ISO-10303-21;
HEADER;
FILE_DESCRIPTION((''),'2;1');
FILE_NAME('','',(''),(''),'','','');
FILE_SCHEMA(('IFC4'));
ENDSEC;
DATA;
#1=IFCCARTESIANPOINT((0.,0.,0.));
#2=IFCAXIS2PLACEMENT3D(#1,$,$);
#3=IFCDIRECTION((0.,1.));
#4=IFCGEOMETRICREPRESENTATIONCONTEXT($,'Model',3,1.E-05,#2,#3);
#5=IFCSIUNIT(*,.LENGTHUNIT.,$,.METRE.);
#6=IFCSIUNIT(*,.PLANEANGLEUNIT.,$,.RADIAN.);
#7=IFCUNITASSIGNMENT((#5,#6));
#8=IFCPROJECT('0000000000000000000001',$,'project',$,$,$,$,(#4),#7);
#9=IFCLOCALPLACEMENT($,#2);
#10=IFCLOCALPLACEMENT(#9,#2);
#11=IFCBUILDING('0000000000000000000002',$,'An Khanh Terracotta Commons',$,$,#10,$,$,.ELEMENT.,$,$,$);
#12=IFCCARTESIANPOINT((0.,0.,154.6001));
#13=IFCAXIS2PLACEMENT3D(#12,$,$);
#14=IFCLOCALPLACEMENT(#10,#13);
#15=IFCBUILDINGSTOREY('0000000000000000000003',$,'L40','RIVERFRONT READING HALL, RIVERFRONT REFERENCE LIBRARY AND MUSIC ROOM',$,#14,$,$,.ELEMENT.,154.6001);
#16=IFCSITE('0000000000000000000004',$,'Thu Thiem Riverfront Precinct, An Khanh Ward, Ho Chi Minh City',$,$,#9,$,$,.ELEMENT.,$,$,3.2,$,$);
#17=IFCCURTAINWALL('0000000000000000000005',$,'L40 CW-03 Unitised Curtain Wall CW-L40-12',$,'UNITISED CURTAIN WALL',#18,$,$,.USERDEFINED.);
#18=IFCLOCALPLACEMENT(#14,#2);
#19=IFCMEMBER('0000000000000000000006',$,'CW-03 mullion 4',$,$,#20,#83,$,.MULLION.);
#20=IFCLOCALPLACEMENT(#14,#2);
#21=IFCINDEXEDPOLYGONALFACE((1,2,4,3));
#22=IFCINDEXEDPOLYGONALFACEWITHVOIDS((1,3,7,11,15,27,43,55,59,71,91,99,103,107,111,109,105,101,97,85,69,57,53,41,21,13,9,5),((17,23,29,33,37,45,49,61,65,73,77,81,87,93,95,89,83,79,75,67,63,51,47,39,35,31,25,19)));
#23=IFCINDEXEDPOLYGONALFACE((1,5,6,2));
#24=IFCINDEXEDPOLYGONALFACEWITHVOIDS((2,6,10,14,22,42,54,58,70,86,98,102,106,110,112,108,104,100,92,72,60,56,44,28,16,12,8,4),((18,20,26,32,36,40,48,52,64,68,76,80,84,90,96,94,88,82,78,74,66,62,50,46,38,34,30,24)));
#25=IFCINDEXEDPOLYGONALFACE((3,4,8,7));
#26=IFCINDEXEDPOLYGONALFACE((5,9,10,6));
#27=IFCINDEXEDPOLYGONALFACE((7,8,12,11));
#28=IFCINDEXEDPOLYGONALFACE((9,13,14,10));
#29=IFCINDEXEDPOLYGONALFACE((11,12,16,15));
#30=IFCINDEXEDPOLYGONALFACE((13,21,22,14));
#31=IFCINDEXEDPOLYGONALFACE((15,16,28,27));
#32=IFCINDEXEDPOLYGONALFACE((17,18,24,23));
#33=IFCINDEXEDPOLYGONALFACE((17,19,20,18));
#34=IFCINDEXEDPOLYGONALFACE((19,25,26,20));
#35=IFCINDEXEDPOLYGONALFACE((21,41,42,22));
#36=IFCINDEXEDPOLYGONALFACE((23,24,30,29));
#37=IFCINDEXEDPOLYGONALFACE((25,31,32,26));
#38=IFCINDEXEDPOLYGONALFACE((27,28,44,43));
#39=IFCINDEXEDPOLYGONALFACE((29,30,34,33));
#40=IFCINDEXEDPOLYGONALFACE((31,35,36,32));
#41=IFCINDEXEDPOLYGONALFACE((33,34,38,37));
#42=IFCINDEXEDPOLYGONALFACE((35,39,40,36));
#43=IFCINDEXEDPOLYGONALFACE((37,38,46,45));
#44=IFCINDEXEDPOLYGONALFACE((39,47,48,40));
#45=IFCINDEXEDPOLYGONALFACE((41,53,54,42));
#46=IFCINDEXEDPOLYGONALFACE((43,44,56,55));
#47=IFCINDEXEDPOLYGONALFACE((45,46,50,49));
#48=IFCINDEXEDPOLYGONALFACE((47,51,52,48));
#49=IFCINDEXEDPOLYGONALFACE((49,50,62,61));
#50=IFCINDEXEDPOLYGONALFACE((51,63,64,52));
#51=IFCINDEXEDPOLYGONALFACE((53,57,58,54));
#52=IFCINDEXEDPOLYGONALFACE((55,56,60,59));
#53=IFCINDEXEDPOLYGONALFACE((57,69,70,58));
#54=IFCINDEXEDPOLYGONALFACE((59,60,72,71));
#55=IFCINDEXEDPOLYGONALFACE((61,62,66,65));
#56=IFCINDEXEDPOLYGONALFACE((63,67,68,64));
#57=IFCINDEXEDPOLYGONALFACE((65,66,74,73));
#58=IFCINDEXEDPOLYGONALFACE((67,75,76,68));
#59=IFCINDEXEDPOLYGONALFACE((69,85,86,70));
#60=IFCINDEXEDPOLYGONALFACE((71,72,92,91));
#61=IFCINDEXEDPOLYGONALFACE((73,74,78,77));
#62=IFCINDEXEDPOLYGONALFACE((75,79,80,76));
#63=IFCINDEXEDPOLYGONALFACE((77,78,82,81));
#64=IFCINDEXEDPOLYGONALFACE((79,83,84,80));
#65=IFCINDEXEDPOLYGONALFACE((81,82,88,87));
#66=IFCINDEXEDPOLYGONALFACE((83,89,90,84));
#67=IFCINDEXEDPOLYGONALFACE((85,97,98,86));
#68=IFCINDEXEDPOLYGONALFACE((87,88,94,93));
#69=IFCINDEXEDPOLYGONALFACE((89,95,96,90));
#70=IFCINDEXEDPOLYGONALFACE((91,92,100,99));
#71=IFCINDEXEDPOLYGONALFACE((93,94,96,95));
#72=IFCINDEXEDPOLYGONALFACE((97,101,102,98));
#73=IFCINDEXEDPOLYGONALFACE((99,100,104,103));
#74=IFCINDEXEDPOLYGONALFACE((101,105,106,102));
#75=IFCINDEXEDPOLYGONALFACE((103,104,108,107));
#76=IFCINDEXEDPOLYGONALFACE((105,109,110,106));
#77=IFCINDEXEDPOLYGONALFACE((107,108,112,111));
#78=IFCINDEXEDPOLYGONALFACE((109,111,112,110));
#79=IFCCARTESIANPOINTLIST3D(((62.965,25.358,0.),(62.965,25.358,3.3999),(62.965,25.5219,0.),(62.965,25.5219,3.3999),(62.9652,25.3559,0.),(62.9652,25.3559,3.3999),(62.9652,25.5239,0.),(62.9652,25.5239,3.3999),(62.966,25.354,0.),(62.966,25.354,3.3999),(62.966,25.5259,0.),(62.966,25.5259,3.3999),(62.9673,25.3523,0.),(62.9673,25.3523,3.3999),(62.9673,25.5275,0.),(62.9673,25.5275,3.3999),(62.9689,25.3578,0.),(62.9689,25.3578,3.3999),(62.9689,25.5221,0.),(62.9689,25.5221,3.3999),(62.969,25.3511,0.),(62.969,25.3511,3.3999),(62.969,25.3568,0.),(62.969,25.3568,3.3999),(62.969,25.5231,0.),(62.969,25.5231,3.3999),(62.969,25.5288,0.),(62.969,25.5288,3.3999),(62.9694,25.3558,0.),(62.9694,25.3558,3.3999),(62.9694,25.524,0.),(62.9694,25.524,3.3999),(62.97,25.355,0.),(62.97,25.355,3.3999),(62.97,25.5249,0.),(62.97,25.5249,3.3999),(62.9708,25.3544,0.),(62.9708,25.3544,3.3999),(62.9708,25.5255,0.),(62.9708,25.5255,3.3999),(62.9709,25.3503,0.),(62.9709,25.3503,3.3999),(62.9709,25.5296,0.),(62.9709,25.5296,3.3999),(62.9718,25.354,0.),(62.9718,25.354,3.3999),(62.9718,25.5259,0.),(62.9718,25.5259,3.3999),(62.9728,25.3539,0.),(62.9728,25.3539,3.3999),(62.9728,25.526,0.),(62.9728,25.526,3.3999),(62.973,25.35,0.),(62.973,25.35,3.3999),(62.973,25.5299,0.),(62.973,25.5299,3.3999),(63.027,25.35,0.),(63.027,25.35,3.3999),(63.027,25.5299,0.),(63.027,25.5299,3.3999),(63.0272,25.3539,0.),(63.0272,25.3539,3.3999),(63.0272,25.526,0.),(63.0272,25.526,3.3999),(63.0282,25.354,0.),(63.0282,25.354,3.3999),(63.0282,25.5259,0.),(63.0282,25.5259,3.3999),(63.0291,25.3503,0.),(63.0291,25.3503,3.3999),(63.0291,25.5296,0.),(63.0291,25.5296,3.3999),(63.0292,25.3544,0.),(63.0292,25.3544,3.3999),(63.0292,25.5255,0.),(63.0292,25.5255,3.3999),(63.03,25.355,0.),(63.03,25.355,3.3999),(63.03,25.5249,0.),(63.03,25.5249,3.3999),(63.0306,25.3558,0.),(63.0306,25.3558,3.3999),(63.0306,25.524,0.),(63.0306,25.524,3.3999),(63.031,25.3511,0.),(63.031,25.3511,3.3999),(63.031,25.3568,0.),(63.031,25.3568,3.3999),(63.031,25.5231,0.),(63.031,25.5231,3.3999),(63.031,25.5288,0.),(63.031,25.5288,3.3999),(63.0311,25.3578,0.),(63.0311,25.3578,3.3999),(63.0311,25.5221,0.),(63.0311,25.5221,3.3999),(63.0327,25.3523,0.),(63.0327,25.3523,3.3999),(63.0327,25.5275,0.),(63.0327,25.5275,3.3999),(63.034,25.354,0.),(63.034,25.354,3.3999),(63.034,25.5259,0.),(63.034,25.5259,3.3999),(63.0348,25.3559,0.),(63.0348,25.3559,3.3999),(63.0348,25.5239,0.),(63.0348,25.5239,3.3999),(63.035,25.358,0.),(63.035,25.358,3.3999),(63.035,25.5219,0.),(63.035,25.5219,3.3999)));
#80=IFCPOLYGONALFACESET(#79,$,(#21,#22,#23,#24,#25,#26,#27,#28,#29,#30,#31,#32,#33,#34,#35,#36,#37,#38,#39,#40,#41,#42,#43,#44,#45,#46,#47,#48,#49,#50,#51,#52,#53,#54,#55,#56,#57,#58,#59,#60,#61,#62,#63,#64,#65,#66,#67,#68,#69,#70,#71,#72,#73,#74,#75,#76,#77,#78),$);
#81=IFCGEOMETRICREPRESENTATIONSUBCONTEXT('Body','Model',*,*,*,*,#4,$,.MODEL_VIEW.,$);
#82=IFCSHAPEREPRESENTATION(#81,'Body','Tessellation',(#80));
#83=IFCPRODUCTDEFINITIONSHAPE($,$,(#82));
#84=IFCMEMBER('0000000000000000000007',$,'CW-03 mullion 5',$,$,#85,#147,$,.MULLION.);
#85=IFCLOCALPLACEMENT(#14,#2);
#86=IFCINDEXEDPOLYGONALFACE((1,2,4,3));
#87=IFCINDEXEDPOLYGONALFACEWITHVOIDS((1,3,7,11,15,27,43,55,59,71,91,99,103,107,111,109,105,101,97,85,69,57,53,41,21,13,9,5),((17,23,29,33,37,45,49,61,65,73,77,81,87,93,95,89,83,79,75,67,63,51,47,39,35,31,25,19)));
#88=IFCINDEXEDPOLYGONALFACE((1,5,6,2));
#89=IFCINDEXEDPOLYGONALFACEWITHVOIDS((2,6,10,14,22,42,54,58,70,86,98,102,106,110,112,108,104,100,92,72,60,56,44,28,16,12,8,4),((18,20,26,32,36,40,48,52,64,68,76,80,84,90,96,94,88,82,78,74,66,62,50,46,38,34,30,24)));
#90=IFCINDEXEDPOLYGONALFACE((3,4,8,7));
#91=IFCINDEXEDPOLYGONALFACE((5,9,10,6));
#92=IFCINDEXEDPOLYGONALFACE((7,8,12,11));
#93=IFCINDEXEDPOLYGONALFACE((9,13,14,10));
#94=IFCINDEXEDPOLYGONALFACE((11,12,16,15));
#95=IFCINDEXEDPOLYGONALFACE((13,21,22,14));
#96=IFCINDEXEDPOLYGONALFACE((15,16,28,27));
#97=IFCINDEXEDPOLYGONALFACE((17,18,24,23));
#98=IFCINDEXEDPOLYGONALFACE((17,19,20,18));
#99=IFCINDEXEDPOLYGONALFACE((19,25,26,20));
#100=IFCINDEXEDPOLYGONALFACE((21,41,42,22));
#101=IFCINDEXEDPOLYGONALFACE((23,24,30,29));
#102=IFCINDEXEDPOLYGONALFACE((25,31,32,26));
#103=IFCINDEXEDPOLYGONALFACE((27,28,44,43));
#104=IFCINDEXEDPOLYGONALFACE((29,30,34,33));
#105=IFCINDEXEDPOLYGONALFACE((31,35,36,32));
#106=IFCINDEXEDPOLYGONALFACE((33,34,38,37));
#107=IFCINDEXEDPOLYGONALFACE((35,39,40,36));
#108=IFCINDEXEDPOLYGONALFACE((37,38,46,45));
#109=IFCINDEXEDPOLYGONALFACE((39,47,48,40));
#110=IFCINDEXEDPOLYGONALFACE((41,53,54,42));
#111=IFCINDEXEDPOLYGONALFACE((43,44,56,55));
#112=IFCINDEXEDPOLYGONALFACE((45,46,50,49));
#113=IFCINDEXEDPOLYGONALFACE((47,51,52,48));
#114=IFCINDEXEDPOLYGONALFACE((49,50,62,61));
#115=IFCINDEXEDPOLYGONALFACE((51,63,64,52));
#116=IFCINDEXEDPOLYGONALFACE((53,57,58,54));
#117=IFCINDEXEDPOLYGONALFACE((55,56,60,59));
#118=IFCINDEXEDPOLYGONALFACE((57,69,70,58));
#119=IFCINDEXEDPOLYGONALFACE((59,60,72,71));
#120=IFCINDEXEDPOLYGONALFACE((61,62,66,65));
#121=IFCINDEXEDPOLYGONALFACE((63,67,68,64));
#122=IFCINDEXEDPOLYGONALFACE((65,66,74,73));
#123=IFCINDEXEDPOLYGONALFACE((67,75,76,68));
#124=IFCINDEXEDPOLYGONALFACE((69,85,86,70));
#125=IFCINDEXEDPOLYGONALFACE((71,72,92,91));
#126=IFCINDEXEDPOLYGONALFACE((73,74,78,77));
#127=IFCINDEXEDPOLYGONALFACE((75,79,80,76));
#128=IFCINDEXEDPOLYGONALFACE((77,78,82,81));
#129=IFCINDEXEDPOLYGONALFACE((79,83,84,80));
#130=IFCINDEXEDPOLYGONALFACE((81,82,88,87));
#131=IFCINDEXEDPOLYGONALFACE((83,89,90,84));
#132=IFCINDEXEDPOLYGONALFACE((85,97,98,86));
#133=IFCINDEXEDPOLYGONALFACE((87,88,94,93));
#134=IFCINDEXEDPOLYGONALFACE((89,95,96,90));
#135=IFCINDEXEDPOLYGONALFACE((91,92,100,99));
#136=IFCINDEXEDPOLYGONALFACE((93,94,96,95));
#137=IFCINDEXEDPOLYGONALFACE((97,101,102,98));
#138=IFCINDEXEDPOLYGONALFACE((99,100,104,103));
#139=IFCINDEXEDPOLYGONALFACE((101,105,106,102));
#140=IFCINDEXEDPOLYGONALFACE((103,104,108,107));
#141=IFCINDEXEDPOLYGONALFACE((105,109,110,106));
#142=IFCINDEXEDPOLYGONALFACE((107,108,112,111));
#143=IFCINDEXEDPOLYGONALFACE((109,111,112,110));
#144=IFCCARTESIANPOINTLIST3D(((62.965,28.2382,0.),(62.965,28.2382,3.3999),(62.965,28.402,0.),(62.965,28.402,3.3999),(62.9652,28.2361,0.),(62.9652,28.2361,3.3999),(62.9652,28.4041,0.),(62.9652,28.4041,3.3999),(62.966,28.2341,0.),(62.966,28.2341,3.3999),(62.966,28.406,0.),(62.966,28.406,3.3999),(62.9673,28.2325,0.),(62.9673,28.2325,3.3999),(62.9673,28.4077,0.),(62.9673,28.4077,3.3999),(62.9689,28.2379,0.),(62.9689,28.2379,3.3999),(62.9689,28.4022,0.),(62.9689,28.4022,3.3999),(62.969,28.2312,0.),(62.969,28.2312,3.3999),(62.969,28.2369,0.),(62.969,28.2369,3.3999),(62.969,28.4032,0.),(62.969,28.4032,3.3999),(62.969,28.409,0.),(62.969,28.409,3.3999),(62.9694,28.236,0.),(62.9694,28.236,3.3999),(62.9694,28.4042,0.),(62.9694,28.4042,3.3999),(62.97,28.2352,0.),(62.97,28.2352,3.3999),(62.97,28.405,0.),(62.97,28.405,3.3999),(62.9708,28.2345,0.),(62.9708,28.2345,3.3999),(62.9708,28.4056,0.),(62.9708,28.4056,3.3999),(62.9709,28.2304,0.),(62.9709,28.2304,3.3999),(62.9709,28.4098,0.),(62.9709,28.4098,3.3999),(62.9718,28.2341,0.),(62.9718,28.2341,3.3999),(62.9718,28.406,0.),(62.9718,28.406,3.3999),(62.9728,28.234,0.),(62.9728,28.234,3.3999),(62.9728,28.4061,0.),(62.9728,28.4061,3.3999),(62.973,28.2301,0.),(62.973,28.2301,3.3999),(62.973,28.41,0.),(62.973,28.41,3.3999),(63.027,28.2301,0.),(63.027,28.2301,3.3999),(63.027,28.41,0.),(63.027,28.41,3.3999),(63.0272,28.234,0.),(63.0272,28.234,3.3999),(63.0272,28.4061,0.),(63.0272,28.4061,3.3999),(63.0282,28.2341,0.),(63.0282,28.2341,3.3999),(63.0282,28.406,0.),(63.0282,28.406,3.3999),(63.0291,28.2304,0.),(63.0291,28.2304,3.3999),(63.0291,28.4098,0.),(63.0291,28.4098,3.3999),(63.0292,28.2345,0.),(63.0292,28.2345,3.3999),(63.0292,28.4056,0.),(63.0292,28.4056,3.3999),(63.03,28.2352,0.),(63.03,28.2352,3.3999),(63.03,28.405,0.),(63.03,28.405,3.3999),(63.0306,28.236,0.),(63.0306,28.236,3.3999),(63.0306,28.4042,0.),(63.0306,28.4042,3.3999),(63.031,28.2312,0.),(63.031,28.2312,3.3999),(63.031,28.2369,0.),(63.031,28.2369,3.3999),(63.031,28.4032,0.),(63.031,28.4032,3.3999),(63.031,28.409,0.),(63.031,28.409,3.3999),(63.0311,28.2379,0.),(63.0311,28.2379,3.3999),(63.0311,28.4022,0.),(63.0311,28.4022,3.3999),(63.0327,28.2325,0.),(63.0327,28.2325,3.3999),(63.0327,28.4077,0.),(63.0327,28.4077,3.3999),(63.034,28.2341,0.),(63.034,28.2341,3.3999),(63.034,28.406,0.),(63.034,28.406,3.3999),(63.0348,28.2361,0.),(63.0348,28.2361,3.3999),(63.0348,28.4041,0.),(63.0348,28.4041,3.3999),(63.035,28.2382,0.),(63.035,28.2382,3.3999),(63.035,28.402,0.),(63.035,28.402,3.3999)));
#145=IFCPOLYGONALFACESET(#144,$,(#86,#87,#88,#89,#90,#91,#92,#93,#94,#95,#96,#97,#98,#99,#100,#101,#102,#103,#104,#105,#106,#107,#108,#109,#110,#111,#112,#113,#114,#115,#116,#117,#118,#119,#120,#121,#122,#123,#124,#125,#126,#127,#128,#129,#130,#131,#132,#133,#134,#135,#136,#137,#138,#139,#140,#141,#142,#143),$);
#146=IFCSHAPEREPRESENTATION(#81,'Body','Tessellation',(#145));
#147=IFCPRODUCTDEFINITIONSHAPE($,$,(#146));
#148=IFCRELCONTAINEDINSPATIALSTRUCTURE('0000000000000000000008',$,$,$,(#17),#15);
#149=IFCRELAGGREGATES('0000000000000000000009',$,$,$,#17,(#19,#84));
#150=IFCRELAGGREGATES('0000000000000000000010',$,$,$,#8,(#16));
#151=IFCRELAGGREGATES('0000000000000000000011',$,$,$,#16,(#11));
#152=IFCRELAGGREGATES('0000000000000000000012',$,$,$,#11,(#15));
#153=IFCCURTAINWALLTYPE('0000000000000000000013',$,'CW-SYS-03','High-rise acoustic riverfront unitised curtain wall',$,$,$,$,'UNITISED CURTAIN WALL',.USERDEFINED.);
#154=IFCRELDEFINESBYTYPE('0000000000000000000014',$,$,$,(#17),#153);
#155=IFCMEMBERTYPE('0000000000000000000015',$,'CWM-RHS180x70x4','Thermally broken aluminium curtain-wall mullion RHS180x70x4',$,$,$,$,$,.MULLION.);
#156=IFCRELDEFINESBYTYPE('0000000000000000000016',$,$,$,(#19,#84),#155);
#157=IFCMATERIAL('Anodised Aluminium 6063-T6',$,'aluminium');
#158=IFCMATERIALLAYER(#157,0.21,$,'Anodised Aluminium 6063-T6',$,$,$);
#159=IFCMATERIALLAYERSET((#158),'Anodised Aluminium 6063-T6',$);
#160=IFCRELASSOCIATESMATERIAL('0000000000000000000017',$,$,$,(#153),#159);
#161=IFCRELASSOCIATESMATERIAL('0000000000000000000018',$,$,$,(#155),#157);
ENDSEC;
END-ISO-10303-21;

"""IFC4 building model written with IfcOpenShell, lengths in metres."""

from ifc_helpers import new_model, si_unit, direction, frame, origin, origin_2d, place, context, subcontext, project, spatial, hollow_rectangle, extrude, material, layer, layer_set, material_profile, profile_set, type_object, element, aggregate, save


model = new_model("IFC4")

# Units and contexts
model_context = context("Model", 3, precision=1e-05, world=origin(), true_north=direction((0.0, 1.0)))
body_context = subcontext(model_context, "Body", "Model", "MODEL_VIEW")
ifc_project = project(units=[si_unit("LENGTHUNIT", "METRE"), si_unit("PLANEANGLEUNIT", "RADIAN")], contexts=[model_context])

# Site, building, storey
site_placement = place(None, origin())
site = spatial("IfcSite", under=ifc_project, at=site_placement, Name="Thu Thiem Riverfront Precinct, An Khanh Ward, Ho Chi Minh City", CompositionType="ELEMENT", RefElevation=3.2)
building_placement = place(site_placement, origin())
building = spatial("IfcBuilding", under=site, at=building_placement, Name="An Khanh Terracotta Commons", CompositionType="ELEMENT")
storey_placement = place(building_placement, frame((0.0, 0.0, 154.6001)))
storey = spatial("IfcBuildingStorey", under=building, at=storey_placement, Name="L40", Description="RIVERFRONT READING HALL, RIVERFRONT REFERENCE LIBRARY AND MUSIC ROOM", CompositionType="ELEMENT", Elevation=154.6001)

# Curtain wall, members
ifc_material_1 = material(Name="Anodised Aluminium 6063-T6", Category="aluminium")
ifc_layer_1 = layer(ifc_material_1, 0.21, Name="Anodised Aluminium 6063-T6")
ifc_layer_set_1 = layer_set([ifc_layer_1], Name="Anodised Aluminium 6063-T6")
curtain_wall_type = type_object("IfcCurtainWallType", Name="CW-SYS-03", Description="High-rise acoustic riverfront unitised curtain wall", ElementType="UNITISED CURTAIN WALL", PredefinedType="USERDEFINED", material=ifc_layer_set_1)
curtain_wall_1_placement = place(storey_placement, origin())
curtain_wall_1 = element("IfcCurtainWall", 1, at=curtain_wall_1_placement, inside=storey, type_object=curtain_wall_type, Name="L40 CW-03 Unitised Curtain Wall CW-L40-12", ObjectType="UNITISED CURTAIN WALL", PredefinedType="USERDEFINED")
ifc_material_profile_1 = material_profile(ifc_material_1, hollow_rectangle(XDim=0.0701, YDim=0.1799, WallThickness=0.0039, InnerFilletRadius=0.0039, OuterFilletRadius=0.0081, at=origin_2d()), Name="RHS180x70x4")
ifc_profile_set_1 = profile_set([ifc_material_profile_1], Name="Anodised Aluminium 6063-T6")
member_type_1 = type_object("IfcMemberType", Name="CWM-RHS180x70x4", Description="Thermally broken aluminium curtain-wall mullion RHS180x70x4", PredefinedType="MULLION", material=ifc_profile_set_1)
member_1_placement = place(storey_placement, frame((63.0, 25.4399, 0.0), z_axis=(0.0, 0.0, 1.0), x_axis=(-1.0, 0.0, 0.0)))
member_1 = element("IfcMember", 2, at=member_1_placement, type_object=member_type_1, Name="CW-03 mullion 4", PredefinedType="MULLION", context=body_context, shape_type="SweptSolid", body=[
    extrude(hollow_rectangle(XDim=0.0701, YDim=0.1799, WallThickness=0.0039, InnerFilletRadius=0.0039, OuterFilletRadius=0.0081, at=origin_2d()), origin(), (0.0, 0.0, 1.0), 3.3999),
])
member_2_placement = place(storey_placement, frame((63.0, 28.3201, 0.0), z_axis=(0.0, 0.0, 1.0), x_axis=(-1.0, 0.0, 0.0)))
member_2 = element("IfcMember", 3, at=member_2_placement, type_object=member_type_1, Name="CW-03 mullion 5", PredefinedType="MULLION", context=body_context, shape_type="SweptSolid", body=[
    extrude(hollow_rectangle(XDim=0.0701, YDim=0.1799, WallThickness=0.0039, InnerFilletRadius=0.0039, OuterFilletRadius=0.0081, at=origin_2d()), origin(), (0.0, 0.0, 1.0), 3.3999),
])

aggregate(curtain_wall_1, [member_1, member_2])

save(model, "model.ifc")
